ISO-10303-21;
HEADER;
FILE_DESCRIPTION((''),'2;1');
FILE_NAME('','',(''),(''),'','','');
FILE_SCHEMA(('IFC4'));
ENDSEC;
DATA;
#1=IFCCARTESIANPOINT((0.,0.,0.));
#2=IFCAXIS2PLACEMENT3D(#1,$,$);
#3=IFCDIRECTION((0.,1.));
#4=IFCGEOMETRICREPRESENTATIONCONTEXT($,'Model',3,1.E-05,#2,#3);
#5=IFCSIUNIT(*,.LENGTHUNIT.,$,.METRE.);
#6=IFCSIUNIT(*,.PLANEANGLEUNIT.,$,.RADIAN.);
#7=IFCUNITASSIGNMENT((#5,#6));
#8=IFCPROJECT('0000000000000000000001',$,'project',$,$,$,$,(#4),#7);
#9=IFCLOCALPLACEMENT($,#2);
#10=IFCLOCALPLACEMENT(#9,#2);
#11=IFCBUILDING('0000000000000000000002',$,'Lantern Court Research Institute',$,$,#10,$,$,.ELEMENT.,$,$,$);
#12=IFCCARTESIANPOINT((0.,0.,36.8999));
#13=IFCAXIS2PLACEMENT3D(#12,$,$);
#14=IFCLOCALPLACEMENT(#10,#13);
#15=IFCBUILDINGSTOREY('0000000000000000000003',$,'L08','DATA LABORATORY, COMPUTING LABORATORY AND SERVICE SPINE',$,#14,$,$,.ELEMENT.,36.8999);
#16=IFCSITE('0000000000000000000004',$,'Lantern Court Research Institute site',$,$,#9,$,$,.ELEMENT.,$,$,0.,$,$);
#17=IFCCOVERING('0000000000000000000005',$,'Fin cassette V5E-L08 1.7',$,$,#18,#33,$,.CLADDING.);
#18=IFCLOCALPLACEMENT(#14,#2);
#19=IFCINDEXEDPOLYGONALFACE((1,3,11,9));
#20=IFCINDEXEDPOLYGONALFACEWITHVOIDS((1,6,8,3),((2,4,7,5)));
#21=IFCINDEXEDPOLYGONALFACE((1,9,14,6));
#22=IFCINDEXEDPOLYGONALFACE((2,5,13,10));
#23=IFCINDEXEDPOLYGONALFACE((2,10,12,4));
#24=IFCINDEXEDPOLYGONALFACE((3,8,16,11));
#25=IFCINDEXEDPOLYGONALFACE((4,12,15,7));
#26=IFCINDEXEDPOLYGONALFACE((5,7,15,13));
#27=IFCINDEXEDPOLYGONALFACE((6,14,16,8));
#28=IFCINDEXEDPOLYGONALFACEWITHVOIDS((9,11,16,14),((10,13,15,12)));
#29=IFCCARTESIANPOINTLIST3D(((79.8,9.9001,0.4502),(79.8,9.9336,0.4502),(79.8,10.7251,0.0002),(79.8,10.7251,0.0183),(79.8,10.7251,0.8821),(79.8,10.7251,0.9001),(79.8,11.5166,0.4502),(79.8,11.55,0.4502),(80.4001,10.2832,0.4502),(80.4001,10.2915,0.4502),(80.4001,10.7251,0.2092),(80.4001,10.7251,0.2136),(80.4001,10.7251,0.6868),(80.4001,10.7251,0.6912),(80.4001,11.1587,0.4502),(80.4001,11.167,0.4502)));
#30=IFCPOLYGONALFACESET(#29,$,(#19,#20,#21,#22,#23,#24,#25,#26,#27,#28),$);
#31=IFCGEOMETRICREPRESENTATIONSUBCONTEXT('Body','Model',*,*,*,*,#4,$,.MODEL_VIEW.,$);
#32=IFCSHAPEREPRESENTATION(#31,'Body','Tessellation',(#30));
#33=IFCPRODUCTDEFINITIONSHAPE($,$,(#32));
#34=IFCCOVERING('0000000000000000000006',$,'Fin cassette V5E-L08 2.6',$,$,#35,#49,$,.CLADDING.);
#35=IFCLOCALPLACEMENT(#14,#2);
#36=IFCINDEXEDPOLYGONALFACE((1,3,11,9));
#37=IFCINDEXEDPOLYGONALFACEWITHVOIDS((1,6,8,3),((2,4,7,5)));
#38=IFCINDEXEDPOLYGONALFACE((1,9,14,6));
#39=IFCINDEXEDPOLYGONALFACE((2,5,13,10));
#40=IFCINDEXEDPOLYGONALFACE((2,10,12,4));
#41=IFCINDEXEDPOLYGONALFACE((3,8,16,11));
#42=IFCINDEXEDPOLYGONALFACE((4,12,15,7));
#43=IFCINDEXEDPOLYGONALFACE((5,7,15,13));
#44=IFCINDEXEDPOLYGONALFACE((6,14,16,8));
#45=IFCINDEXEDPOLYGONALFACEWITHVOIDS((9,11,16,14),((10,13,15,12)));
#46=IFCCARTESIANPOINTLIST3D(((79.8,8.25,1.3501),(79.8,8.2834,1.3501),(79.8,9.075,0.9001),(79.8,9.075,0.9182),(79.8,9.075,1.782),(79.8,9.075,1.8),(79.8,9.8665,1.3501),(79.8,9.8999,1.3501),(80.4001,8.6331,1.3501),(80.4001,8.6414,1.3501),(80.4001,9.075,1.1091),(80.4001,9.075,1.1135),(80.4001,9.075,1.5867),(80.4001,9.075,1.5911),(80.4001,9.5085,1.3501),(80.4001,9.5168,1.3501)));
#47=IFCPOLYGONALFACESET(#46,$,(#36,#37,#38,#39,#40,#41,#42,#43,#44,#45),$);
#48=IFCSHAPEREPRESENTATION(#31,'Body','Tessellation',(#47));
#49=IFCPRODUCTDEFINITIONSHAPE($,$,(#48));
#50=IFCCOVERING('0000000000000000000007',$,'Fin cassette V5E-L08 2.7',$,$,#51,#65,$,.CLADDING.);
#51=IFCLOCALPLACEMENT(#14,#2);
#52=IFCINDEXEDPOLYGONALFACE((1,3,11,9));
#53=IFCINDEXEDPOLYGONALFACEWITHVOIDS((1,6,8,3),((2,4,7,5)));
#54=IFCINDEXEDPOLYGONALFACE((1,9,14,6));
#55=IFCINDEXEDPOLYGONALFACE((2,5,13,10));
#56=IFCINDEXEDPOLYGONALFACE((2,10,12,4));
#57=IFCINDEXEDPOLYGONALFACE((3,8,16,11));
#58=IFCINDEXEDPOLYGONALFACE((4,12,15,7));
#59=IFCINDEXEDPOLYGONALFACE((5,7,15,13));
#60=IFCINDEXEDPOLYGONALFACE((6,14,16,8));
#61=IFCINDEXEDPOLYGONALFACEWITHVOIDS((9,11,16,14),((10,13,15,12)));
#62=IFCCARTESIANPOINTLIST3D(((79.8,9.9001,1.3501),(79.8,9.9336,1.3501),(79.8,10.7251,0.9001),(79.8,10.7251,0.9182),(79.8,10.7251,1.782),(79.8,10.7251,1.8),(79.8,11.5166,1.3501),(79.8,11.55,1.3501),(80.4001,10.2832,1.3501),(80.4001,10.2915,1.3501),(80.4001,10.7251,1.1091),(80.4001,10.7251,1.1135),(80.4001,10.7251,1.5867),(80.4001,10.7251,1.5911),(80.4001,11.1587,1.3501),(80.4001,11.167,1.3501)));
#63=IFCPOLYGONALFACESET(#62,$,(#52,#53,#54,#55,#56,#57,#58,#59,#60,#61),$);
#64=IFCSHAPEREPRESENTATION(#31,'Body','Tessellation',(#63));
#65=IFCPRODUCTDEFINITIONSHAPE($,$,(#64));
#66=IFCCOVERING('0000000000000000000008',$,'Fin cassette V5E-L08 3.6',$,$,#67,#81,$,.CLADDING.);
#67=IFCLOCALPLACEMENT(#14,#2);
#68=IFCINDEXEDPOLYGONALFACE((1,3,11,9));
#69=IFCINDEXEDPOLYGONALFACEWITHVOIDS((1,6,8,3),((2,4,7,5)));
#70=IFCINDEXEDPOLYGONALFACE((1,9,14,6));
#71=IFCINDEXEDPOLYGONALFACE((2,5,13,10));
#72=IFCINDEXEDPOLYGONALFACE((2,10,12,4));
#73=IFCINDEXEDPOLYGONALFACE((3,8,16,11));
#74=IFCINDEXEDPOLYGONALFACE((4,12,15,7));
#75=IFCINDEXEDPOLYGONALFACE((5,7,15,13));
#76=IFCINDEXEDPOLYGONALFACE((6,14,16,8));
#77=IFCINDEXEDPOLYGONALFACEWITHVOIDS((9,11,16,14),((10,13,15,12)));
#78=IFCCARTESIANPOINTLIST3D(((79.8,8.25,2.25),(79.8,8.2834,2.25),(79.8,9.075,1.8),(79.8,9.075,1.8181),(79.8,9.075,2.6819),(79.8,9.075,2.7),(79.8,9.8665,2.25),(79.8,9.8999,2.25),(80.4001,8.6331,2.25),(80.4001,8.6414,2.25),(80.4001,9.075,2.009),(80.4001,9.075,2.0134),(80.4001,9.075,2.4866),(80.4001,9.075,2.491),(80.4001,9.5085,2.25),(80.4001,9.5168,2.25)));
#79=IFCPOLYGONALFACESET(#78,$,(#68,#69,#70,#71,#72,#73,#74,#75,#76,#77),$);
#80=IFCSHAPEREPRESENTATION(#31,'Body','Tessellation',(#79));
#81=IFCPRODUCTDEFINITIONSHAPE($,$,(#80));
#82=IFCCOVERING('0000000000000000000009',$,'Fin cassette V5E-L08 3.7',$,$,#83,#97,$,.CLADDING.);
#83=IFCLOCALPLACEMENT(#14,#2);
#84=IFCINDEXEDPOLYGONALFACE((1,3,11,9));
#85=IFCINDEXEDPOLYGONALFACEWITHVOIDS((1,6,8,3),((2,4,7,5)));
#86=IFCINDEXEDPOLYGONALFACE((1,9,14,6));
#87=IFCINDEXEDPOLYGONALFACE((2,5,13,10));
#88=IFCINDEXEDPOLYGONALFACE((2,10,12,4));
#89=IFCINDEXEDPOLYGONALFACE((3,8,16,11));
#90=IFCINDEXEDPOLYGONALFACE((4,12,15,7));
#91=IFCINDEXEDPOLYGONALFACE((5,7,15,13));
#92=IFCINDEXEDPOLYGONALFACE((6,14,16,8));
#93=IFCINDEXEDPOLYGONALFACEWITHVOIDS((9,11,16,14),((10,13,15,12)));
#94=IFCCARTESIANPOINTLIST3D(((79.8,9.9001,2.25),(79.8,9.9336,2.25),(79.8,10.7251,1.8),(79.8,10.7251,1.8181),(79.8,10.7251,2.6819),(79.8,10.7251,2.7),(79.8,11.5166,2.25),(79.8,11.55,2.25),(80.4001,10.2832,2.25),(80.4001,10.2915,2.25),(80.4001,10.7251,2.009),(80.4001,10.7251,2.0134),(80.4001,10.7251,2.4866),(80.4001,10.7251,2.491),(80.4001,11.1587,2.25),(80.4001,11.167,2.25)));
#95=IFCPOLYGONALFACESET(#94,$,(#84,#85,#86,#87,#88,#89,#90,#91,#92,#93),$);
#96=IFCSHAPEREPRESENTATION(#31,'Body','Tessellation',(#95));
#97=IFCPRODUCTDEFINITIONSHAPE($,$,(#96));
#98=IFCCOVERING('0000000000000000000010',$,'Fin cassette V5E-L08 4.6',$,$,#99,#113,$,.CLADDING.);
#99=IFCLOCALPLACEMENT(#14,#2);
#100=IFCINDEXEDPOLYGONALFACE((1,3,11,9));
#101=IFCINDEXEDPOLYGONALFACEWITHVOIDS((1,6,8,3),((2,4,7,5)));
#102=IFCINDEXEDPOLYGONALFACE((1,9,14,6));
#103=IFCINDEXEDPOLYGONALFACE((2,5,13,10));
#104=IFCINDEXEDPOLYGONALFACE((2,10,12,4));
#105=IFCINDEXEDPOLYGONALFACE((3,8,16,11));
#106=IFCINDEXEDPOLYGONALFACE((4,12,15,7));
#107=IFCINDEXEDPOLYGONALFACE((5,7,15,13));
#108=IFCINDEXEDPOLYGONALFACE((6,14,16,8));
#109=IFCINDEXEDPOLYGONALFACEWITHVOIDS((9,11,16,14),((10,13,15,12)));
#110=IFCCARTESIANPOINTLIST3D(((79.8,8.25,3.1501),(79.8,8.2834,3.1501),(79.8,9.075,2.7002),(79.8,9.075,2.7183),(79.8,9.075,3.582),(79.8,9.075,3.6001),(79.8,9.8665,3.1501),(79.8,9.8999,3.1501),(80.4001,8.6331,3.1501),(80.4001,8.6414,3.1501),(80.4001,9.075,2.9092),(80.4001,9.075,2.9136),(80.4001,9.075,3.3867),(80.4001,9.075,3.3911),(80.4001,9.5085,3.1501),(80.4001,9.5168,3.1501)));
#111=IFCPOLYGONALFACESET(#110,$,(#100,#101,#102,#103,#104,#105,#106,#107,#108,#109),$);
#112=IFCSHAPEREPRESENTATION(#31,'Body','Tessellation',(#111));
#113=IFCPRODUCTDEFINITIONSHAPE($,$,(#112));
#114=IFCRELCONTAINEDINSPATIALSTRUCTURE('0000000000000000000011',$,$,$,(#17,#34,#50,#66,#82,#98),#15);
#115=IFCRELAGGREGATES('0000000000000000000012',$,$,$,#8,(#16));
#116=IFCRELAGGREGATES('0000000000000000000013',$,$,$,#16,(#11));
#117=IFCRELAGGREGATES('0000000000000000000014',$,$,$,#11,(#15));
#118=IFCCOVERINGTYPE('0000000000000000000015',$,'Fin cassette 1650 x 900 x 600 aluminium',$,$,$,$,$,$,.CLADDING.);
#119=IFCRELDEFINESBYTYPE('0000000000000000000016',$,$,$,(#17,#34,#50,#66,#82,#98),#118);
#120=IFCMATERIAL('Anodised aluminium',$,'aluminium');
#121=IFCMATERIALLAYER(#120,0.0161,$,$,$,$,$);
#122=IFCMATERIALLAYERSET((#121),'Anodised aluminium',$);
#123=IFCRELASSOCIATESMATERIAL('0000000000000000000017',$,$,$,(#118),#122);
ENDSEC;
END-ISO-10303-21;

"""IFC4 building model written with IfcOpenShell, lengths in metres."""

from ifc_helpers import new_model, entity, si_unit, direction, frame, origin, place, context, subcontext, project, spatial, material, layer, layer_set, type_object, element, save


model = new_model("IFC4")

# Units and contexts
model_context = context("Model", 3, precision=1e-05, world=origin(), true_north=direction((0.0, 1.0)))
body_context = subcontext(model_context, "Body", "Model", "MODEL_VIEW")
ifc_project = project(units=[si_unit("LENGTHUNIT", "METRE"), si_unit("PLANEANGLEUNIT", "RADIAN")], contexts=[model_context])

# Site, building, storey
site_placement = place(None, origin())
site = spatial("IfcSite", under=ifc_project, at=site_placement, Name="Lantern Court Research Institute site", CompositionType="ELEMENT", RefElevation=0.0)
building_placement = place(site_placement, origin())
building = spatial("IfcBuilding", under=site, at=building_placement, Name="Lantern Court Research Institute", CompositionType="ELEMENT")
storey_placement = place(building_placement, frame((0.0, 0.0, 36.8999)))
storey = spatial("IfcBuildingStorey", under=building, at=storey_placement, Name="L08", Description="DATA LABORATORY, COMPUTING LABORATORY AND SERVICE SPINE", CompositionType="ELEMENT", Elevation=36.8999)

# Coverings
ifc_material_1 = material(Name="Anodised aluminium", Category="aluminium")
ifc_layer_1 = layer(ifc_material_1, 0.0161)
ifc_layer_set_1 = layer_set([ifc_layer_1], Name="Anodised aluminium")
covering_type = type_object("IfcCoveringType", Name="Fin cassette 1650 x 900 x 600 aluminium", PredefinedType="CLADDING", material=ifc_layer_set_1)
covering_1_placement = place(storey_placement, frame((79.8, 10.7251, 0.4502), z_axis=(1.0, 0.0, 0.0), x_axis=(0.0, 1.0, 0.0)))
cartesian_point_1 = entity("IfcCartesianPoint", [0.825, 0.0])
cartesian_point_2 = entity("IfcCartesianPoint", [0.7915, 0.0])
cartesian_point_3 = entity("IfcCartesianPoint", [0.4419, 0.0])
cartesian_point_4 = entity("IfcCartesianPoint", [0.4336, 0.0])
element("IfcCovering", 1, at=covering_1_placement, inside=storey, type_object=covering_type, Name="Fin cassette V5E-L08 1.7", PredefinedType="CLADDING", context=body_context, shape_type="SweptSolid", body=[
    entity("IfcExtrudedAreaSolidTapered", entity("IfcArbitraryProfileDefWithVoids", "AREA", None, entity("IfcPolyline", [cartesian_point_1, entity("IfcCartesianPoint", [0.0, 0.45]), entity("IfcCartesianPoint", [-0.825, 0.0]), entity("IfcCartesianPoint", [0.0, -0.45]), cartesian_point_1]), [entity("IfcPolyline", [cartesian_point_2, entity("IfcCartesianPoint", [0.0, 0.4319]), entity("IfcCartesianPoint", [-0.7915, 0.0]), entity("IfcCartesianPoint", [0.0, -0.4319]), cartesian_point_2])]), entity("IfcAxis2Placement3D", entity("IfcCartesianPoint", [0.0, 0.0, 0.0])), entity("IfcDirection", [0.0, 0.0, 1.0]), 0.6001, entity("IfcArbitraryProfileDefWithVoids", "AREA", None, entity("IfcPolyline", [cartesian_point_3, entity("IfcCartesianPoint", [0.0, 0.241]), entity("IfcCartesianPoint", [-0.4419, 0.0]), entity("IfcCartesianPoint", [0.0, -0.241]), cartesian_point_3]), [entity("IfcPolyline", [cartesian_point_4, entity("IfcCartesianPoint", [0.0, 0.2366]), entity("IfcCartesianPoint", [-0.4336, 0.0]), entity("IfcCartesianPoint", [0.0, -0.2366]), cartesian_point_4])])),
])
covering_2_placement = place(storey_placement, frame((79.8, 9.075, 1.3501), z_axis=(1.0, 0.0, 0.0), x_axis=(0.0, 1.0, 0.0)))
cartesian_point_5 = entity("IfcCartesianPoint", [0.825, 0.0])
cartesian_point_6 = entity("IfcCartesianPoint", [0.7915, 0.0])
cartesian_point_7 = entity("IfcCartesianPoint", [0.4419, 0.0])
cartesian_point_8 = entity("IfcCartesianPoint", [0.4336, 0.0])
element("IfcCovering", 2, at=covering_2_placement, inside=storey, type_object=covering_type, Name="Fin cassette V5E-L08 2.6", PredefinedType="CLADDING", context=body_context, shape_type="SweptSolid", body=[
    entity("IfcExtrudedAreaSolidTapered", entity("IfcArbitraryProfileDefWithVoids", "AREA", None, entity("IfcPolyline", [cartesian_point_5, entity("IfcCartesianPoint", [0.0, 0.45]), entity("IfcCartesianPoint", [-0.825, 0.0]), entity("IfcCartesianPoint", [0.0, -0.45]), cartesian_point_5]), [entity("IfcPolyline", [cartesian_point_6, entity("IfcCartesianPoint", [0.0, 0.4319]), entity("IfcCartesianPoint", [-0.7915, 0.0]), entity("IfcCartesianPoint", [0.0, -0.4319]), cartesian_point_6])]), entity("IfcAxis2Placement3D", entity("IfcCartesianPoint", [0.0, 0.0, 0.0])), entity("IfcDirection", [0.0, 0.0, 1.0]), 0.6001, entity("IfcArbitraryProfileDefWithVoids", "AREA", None, entity("IfcPolyline", [cartesian_point_7, entity("IfcCartesianPoint", [0.0, 0.241]), entity("IfcCartesianPoint", [-0.4419, 0.0]), entity("IfcCartesianPoint", [0.0, -0.241]), cartesian_point_7]), [entity("IfcPolyline", [cartesian_point_8, entity("IfcCartesianPoint", [0.0, 0.2366]), entity("IfcCartesianPoint", [-0.4336, 0.0]), entity("IfcCartesianPoint", [0.0, -0.2366]), cartesian_point_8])])),
])
covering_3_placement = place(storey_placement, frame((79.8, 10.7251, 1.3501), z_axis=(1.0, 0.0, 0.0), x_axis=(0.0, 1.0, 0.0)))
cartesian_point_9 = entity("IfcCartesianPoint", [0.825, 0.0])
cartesian_point_10 = entity("IfcCartesianPoint", [0.7915, 0.0])
cartesian_point_11 = entity("IfcCartesianPoint", [0.4419, 0.0])
cartesian_point_12 = entity("IfcCartesianPoint", [0.4336, 0.0])
element("IfcCovering", 3, at=covering_3_placement, inside=storey, type_object=covering_type, Name="Fin cassette V5E-L08 2.7", PredefinedType="CLADDING", context=body_context, shape_type="SweptSolid", body=[
    entity("IfcExtrudedAreaSolidTapered", entity("IfcArbitraryProfileDefWithVoids", "AREA", None, entity("IfcPolyline", [cartesian_point_9, entity("IfcCartesianPoint", [0.0, 0.45]), entity("IfcCartesianPoint", [-0.825, 0.0]), entity("IfcCartesianPoint", [0.0, -0.45]), cartesian_point_9]), [entity("IfcPolyline", [cartesian_point_10, entity("IfcCartesianPoint", [0.0, 0.4319]), entity("IfcCartesianPoint", [-0.7915, 0.0]), entity("IfcCartesianPoint", [0.0, -0.4319]), cartesian_point_10])]), entity("IfcAxis2Placement3D", entity("IfcCartesianPoint", [0.0, 0.0, 0.0])), entity("IfcDirection", [0.0, 0.0, 1.0]), 0.6001, entity("IfcArbitraryProfileDefWithVoids", "AREA", None, entity("IfcPolyline", [cartesian_point_11, entity("IfcCartesianPoint", [0.0, 0.241]), entity("IfcCartesianPoint", [-0.4419, 0.0]), entity("IfcCartesianPoint", [0.0, -0.241]), cartesian_point_11]), [entity("IfcPolyline", [cartesian_point_12, entity("IfcCartesianPoint", [0.0, 0.2366]), entity("IfcCartesianPoint", [-0.4336, 0.0]), entity("IfcCartesianPoint", [0.0, -0.2366]), cartesian_point_12])])),
])
covering_4_placement = place(storey_placement, frame((79.8, 9.075, 2.25), z_axis=(1.0, 0.0, 0.0), x_axis=(0.0, 1.0, 0.0)))
cartesian_point_13 = entity("IfcCartesianPoint", [0.825, 0.0])
cartesian_point_14 = entity("IfcCartesianPoint", [0.7915, 0.0])
cartesian_point_15 = entity("IfcCartesianPoint", [0.4419, 0.0])
cartesian_point_16 = entity("IfcCartesianPoint", [0.4336, 0.0])
element("IfcCovering", 4, at=covering_4_placement, inside=storey, type_object=covering_type, Name="Fin cassette V5E-L08 3.6", PredefinedType="CLADDING", context=body_context, shape_type="SweptSolid", body=[
    entity("IfcExtrudedAreaSolidTapered", entity("IfcArbitraryProfileDefWithVoids", "AREA", None, entity("IfcPolyline", [cartesian_point_13, entity("IfcCartesianPoint", [0.0, 0.45]), entity("IfcCartesianPoint", [-0.825, 0.0]), entity("IfcCartesianPoint", [0.0, -0.45]), cartesian_point_13]), [entity("IfcPolyline", [cartesian_point_14, entity("IfcCartesianPoint", [0.0, 0.4319]), entity("IfcCartesianPoint", [-0.7915, 0.0]), entity("IfcCartesianPoint", [0.0, -0.4319]), cartesian_point_14])]), entity("IfcAxis2Placement3D", entity("IfcCartesianPoint", [0.0, 0.0, 0.0])), entity("IfcDirection", [0.0, 0.0, 1.0]), 0.6001, entity("IfcArbitraryProfileDefWithVoids", "AREA", None, entity("IfcPolyline", [cartesian_point_15, entity("IfcCartesianPoint", [0.0, 0.241]), entity("IfcCartesianPoint", [-0.4419, 0.0]), entity("IfcCartesianPoint", [0.0, -0.241]), cartesian_point_15]), [entity("IfcPolyline", [cartesian_point_16, entity("IfcCartesianPoint", [0.0, 0.2366]), entity("IfcCartesianPoint", [-0.4336, 0.0]), entity("IfcCartesianPoint", [0.0, -0.2366]), cartesian_point_16])])),
])
covering_5_placement = place(storey_placement, frame((79.8, 10.7251, 2.25), z_axis=(1.0, 0.0, 0.0), x_axis=(0.0, 1.0, 0.0)))
cartesian_point_17 = entity("IfcCartesianPoint", [0.825, 0.0])
cartesian_point_18 = entity("IfcCartesianPoint", [0.7915, 0.0])
cartesian_point_19 = entity("IfcCartesianPoint", [0.4419, 0.0])
cartesian_point_20 = entity("IfcCartesianPoint", [0.4336, 0.0])
element("IfcCovering", 5, at=covering_5_placement, inside=storey, type_object=covering_type, Name="Fin cassette V5E-L08 3.7", PredefinedType="CLADDING", context=body_context, shape_type="SweptSolid", body=[
    entity("IfcExtrudedAreaSolidTapered", entity("IfcArbitraryProfileDefWithVoids", "AREA", None, entity("IfcPolyline", [cartesian_point_17, entity("IfcCartesianPoint", [0.0, 0.45]), entity("IfcCartesianPoint", [-0.825, 0.0]), entity("IfcCartesianPoint", [0.0, -0.45]), cartesian_point_17]), [entity("IfcPolyline", [cartesian_point_18, entity("IfcCartesianPoint", [0.0, 0.4319]), entity("IfcCartesianPoint", [-0.7915, 0.0]), entity("IfcCartesianPoint", [0.0, -0.4319]), cartesian_point_18])]), entity("IfcAxis2Placement3D", entity("IfcCartesianPoint", [0.0, 0.0, 0.0])), entity("IfcDirection", [0.0, 0.0, 1.0]), 0.6001, entity("IfcArbitraryProfileDefWithVoids", "AREA", None, entity("IfcPolyline", [cartesian_point_19, entity("IfcCartesianPoint", [0.0, 0.241]), entity("IfcCartesianPoint", [-0.4419, 0.0]), entity("IfcCartesianPoint", [0.0, -0.241]), cartesian_point_19]), [entity("IfcPolyline", [cartesian_point_20, entity("IfcCartesianPoint", [0.0, 0.2366]), entity("IfcCartesianPoint", [-0.4336, 0.0]), entity("IfcCartesianPoint", [0.0, -0.2366]), cartesian_point_20])])),
])
covering_6_placement = place(storey_placement, frame((79.8, 9.075, 3.1501), z_axis=(1.0, 0.0, 0.0), x_axis=(0.0, 1.0, 0.0)))
cartesian_point_21 = entity("IfcCartesianPoint", [0.825, 0.0])
cartesian_point_22 = entity("IfcCartesianPoint", [0.7915, 0.0])
cartesian_point_23 = entity("IfcCartesianPoint", [0.4419, 0.0])
cartesian_point_24 = entity("IfcCartesianPoint", [0.4336, 0.0])
element("IfcCovering", 6, at=covering_6_placement, inside=storey, type_object=covering_type, Name="Fin cassette V5E-L08 4.6", PredefinedType="CLADDING", context=body_context, shape_type="SweptSolid", body=[
    entity("IfcExtrudedAreaSolidTapered", entity("IfcArbitraryProfileDefWithVoids", "AREA", None, entity("IfcPolyline", [cartesian_point_21, entity("IfcCartesianPoint", [0.0, 0.45]), entity("IfcCartesianPoint", [-0.825, 0.0]), entity("IfcCartesianPoint", [0.0, -0.45]), cartesian_point_21]), [entity("IfcPolyline", [cartesian_point_22, entity("IfcCartesianPoint", [0.0, 0.4319]), entity("IfcCartesianPoint", [-0.7915, 0.0]), entity("IfcCartesianPoint", [0.0, -0.4319]), cartesian_point_22])]), entity("IfcAxis2Placement3D", entity("IfcCartesianPoint", [0.0, 0.0, 0.0])), entity("IfcDirection", [0.0, 0.0, 1.0]), 0.6001, entity("IfcArbitraryProfileDefWithVoids", "AREA", None, entity("IfcPolyline", [cartesian_point_23, entity("IfcCartesianPoint", [0.0, 0.241]), entity("IfcCartesianPoint", [-0.4419, 0.0]), entity("IfcCartesianPoint", [0.0, -0.241]), cartesian_point_23]), [entity("IfcPolyline", [cartesian_point_24, entity("IfcCartesianPoint", [0.0, 0.2366]), entity("IfcCartesianPoint", [-0.4336, 0.0]), entity("IfcCartesianPoint", [0.0, -0.2366]), cartesian_point_24])])),
])

save(model, "model.ifc")
